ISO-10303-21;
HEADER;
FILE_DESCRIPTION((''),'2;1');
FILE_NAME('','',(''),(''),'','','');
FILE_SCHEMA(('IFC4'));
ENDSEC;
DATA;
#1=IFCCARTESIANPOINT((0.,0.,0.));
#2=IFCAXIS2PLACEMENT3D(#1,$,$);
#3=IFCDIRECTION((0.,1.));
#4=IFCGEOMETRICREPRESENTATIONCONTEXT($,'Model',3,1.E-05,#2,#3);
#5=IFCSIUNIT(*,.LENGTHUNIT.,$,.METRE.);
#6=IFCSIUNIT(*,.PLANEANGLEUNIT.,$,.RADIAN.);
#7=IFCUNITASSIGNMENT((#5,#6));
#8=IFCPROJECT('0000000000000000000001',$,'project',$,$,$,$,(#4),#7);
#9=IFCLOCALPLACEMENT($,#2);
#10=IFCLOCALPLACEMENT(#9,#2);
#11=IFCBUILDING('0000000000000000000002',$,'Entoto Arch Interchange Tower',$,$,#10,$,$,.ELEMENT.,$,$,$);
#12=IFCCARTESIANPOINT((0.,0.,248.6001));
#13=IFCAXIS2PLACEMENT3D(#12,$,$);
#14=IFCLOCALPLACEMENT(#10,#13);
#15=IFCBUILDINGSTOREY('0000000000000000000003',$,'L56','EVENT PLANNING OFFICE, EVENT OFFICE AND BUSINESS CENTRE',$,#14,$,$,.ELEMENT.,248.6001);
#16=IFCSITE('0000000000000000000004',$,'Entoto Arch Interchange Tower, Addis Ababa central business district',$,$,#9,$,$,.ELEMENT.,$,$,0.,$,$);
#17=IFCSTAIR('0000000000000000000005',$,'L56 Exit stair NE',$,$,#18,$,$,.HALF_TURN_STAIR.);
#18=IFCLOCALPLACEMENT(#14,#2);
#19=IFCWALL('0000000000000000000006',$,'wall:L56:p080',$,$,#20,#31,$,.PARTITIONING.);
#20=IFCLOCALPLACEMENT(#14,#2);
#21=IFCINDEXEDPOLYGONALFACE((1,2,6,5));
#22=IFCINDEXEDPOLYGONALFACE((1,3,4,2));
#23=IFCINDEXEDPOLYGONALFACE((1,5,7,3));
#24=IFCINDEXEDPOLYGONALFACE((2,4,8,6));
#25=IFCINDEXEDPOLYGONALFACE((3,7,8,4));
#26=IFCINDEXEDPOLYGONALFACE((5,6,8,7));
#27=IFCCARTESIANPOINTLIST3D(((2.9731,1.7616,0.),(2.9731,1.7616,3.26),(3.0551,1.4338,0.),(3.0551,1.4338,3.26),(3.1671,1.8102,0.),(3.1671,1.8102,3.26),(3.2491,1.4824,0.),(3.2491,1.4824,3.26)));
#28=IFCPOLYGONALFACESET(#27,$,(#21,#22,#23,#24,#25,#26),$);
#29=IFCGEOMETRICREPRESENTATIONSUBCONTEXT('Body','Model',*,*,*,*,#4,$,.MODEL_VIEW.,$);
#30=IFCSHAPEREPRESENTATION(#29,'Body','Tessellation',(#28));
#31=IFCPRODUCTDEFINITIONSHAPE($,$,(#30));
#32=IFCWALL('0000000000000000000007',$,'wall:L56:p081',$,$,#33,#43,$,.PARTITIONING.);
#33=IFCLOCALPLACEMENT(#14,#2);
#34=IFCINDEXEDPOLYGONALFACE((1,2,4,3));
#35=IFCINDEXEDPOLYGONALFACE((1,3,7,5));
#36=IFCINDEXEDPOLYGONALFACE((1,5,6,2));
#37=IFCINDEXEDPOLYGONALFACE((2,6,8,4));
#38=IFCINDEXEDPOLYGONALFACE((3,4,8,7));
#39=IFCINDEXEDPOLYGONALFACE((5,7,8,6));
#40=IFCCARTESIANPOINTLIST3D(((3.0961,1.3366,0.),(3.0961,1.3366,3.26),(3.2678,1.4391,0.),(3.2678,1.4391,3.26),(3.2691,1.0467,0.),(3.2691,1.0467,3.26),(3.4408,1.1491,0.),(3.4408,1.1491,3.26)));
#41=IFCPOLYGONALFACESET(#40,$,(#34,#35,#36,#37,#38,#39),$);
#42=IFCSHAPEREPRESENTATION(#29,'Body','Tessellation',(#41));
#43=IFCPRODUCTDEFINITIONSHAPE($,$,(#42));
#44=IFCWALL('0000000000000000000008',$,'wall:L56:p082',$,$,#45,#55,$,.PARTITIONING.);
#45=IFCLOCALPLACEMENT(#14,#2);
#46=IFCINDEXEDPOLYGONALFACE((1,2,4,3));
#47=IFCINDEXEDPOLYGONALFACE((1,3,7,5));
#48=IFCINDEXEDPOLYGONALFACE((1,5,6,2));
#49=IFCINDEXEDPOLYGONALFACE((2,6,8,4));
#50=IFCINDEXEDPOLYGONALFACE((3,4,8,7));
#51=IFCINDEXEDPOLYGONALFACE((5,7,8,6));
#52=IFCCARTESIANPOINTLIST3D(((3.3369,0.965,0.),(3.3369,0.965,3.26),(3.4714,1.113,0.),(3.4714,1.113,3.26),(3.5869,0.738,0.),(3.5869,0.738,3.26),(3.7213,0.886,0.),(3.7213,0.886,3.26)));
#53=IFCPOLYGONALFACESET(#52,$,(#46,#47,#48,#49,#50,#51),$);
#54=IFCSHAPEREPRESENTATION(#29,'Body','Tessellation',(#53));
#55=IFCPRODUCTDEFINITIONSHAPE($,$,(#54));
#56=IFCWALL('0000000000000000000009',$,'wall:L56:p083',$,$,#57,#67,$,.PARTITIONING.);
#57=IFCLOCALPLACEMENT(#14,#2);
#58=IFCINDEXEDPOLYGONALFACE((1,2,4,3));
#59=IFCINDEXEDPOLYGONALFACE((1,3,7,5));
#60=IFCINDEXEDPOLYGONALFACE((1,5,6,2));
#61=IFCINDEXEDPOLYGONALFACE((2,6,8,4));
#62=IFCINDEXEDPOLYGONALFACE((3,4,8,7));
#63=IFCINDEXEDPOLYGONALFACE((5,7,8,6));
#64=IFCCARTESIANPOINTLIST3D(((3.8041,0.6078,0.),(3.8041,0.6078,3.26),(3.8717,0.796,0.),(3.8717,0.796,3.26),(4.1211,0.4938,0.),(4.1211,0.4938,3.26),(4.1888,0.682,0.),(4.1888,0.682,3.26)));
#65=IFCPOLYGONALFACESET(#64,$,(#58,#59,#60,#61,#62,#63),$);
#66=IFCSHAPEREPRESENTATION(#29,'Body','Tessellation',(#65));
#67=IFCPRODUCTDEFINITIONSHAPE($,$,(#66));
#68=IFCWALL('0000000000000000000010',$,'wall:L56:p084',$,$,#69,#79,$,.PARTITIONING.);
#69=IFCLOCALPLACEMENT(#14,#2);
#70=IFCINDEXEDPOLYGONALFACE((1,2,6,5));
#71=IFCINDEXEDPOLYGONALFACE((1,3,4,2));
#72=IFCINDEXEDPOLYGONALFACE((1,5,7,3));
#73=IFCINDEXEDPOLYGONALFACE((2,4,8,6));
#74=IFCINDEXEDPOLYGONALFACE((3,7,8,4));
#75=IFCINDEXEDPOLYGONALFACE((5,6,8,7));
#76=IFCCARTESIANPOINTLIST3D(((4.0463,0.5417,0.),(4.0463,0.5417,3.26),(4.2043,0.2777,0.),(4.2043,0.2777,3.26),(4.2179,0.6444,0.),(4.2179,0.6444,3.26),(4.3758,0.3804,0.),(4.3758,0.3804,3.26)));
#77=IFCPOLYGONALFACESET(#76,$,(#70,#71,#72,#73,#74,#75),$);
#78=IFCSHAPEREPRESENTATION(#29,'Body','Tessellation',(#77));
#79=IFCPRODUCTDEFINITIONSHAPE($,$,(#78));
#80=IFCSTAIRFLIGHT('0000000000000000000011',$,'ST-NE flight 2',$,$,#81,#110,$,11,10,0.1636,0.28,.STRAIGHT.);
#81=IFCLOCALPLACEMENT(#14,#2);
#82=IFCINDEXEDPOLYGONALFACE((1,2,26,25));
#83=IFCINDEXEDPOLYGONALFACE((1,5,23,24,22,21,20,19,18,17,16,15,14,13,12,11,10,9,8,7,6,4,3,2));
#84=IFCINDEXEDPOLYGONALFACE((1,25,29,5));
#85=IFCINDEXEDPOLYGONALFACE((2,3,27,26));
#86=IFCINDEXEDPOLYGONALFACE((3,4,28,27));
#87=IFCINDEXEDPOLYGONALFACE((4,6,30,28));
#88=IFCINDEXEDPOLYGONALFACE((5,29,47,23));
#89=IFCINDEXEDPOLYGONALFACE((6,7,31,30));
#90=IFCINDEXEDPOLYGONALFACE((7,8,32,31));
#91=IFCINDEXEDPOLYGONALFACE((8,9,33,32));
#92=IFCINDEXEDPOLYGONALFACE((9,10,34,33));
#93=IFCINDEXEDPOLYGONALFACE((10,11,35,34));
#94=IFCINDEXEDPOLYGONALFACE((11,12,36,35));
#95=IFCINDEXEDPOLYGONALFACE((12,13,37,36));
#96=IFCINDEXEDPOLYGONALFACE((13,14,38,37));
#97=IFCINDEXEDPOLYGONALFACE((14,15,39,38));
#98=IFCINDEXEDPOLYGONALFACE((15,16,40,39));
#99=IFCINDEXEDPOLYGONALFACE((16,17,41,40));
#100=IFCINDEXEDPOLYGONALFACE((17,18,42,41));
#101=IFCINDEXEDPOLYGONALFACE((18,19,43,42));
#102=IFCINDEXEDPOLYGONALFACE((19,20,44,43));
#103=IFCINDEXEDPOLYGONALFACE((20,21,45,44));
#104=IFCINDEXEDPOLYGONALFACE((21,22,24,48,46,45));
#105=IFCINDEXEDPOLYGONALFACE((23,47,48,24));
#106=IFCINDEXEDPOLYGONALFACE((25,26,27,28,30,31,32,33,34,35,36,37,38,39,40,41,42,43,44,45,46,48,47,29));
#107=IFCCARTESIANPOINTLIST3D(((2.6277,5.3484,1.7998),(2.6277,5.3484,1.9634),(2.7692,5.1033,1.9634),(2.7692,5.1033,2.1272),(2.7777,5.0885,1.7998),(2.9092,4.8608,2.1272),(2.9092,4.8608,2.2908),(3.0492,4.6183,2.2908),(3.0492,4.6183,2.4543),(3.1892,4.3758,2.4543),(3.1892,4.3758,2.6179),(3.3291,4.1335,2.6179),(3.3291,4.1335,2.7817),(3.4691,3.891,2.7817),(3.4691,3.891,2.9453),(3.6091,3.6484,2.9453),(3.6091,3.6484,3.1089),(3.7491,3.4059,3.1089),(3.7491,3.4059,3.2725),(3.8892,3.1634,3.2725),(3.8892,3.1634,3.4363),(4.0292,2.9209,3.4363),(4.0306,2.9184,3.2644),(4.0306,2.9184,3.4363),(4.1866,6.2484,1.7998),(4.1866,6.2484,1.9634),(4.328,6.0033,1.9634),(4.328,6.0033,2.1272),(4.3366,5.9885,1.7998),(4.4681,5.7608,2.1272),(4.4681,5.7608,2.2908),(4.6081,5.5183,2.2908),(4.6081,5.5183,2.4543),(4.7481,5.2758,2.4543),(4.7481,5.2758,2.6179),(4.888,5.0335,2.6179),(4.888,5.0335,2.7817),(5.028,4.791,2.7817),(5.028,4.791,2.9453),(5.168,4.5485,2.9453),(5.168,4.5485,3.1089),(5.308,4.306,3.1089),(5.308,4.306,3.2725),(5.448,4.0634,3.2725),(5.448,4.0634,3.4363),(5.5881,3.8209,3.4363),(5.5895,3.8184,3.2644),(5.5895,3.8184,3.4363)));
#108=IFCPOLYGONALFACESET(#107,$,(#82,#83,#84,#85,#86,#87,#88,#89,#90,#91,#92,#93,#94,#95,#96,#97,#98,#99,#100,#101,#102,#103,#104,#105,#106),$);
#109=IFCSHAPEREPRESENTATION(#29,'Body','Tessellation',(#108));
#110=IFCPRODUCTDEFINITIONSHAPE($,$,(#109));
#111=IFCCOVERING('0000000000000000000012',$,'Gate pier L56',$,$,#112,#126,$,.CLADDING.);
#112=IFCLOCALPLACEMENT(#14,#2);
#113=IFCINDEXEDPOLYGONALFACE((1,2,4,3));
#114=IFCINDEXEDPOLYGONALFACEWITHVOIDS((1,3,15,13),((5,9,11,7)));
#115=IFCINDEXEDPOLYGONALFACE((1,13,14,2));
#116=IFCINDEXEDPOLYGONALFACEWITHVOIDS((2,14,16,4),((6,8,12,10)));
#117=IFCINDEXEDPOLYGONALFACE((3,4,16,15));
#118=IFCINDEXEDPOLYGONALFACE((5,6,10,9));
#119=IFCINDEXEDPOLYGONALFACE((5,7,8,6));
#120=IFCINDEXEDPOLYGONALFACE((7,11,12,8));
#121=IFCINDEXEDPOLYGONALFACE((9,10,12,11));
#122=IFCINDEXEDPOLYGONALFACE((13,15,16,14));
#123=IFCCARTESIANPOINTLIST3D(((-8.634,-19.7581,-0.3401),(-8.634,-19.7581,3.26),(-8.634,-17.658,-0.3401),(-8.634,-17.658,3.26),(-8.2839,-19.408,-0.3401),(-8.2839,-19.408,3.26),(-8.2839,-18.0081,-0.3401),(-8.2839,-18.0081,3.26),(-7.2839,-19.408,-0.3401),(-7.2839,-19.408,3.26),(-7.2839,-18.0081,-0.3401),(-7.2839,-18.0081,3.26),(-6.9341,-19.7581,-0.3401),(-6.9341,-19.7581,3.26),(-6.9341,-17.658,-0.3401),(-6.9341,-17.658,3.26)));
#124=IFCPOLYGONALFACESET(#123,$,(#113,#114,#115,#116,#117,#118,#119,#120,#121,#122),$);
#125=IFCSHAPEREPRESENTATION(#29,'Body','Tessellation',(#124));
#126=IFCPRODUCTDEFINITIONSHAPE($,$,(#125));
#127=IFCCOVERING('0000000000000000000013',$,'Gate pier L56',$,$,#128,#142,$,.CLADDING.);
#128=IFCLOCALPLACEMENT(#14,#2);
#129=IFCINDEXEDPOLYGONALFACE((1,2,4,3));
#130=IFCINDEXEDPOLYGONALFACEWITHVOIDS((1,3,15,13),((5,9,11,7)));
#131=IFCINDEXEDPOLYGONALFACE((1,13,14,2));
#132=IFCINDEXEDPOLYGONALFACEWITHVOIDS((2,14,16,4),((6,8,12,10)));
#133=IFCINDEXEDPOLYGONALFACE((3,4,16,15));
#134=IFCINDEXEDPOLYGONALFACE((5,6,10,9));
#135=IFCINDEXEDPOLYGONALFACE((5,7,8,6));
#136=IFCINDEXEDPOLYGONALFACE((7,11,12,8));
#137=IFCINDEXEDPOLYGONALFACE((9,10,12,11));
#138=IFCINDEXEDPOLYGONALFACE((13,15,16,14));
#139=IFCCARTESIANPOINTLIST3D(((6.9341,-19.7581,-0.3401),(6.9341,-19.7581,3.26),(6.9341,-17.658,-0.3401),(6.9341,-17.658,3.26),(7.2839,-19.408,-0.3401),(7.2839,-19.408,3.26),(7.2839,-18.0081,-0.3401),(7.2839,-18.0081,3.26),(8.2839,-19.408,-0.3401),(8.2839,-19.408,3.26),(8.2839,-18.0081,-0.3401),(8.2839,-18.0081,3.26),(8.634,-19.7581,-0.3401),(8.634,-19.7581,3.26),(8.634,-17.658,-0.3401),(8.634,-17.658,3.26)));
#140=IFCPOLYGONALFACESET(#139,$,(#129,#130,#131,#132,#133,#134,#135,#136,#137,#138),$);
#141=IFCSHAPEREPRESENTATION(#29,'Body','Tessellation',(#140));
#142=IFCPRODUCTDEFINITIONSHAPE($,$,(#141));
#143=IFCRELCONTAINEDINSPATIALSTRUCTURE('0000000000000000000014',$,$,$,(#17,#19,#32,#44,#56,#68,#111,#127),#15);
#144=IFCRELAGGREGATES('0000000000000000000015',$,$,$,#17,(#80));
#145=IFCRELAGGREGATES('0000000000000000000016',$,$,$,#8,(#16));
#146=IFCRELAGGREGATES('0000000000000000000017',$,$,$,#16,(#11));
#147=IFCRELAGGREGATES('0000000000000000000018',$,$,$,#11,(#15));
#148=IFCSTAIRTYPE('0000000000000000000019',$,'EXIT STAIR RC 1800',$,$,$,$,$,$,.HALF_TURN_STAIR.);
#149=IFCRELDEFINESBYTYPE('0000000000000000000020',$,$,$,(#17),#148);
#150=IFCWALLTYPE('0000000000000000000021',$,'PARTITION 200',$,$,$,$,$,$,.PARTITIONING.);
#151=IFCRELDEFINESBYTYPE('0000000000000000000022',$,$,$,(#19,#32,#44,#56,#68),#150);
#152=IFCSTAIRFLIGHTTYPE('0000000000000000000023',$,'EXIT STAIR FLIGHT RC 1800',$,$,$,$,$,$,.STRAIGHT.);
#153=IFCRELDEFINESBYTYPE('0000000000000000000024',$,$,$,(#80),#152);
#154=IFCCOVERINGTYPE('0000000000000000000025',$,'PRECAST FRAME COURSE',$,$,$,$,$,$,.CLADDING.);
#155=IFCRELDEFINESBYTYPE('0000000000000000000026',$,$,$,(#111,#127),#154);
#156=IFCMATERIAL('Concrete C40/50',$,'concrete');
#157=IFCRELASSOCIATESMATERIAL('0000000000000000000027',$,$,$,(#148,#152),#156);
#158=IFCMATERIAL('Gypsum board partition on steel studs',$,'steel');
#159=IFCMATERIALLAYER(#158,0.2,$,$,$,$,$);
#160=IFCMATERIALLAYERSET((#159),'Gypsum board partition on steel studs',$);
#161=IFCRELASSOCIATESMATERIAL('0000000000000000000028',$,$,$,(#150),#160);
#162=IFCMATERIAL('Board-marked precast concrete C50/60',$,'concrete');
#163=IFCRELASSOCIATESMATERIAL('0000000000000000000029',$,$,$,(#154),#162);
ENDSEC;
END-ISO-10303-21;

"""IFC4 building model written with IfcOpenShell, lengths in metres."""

from ifc_helpers import new_model, si_unit, direction, frame, frame_2d, origin, place, context, subcontext, project, spatial, polyline, rectangle, outline, extrude, material, layer, layer_set, type_object, element, aggregate, save


model = new_model("IFC4")

# Units and contexts
model_context = context("Model", 3, precision=1e-05, world=origin(), true_north=direction((0.0, 1.0)))
body_context = subcontext(model_context, "Body", "Model", "MODEL_VIEW")
ifc_project = project(units=[si_unit("LENGTHUNIT", "METRE"), si_unit("PLANEANGLEUNIT", "RADIAN")], contexts=[model_context])

# Site, building, storey
site_placement = place(None, origin())
site = spatial("IfcSite", under=ifc_project, at=site_placement, Name="Entoto Arch Interchange Tower, Addis Ababa central business district", CompositionType="ELEMENT", RefElevation=0.0)
building_placement = place(site_placement, origin())
building = spatial("IfcBuilding", under=site, at=building_placement, Name="Entoto Arch Interchange Tower", CompositionType="ELEMENT")
storey_placement = place(building_placement, frame((0.0, 0.0, 248.6001)))
storey = spatial("IfcBuildingStorey", under=building, at=storey_placement, Name="L56", Description="EVENT PLANNING OFFICE, EVENT OFFICE AND BUSINESS CENTRE", CompositionType="ELEMENT", Elevation=248.6001)

# Shared definitions
ifc_material_1 = material(Name="Concrete C40/50", Category="concrete")

# Stair
stair_type = type_object("IfcStairType", Name="EXIT STAIR RC 1800", PredefinedType="HALF_TURN_STAIR", material=ifc_material_1)
stair_1_placement = place(storey_placement, origin())
stair_1 = element("IfcStair", 1, at=stair_1_placement, inside=storey, type_object=stair_type, Name="L56 Exit stair NE", PredefinedType="HALF_TURN_STAIR")

# Shared definitions
ifc_material_2 = material(Name="Gypsum board partition on steel studs", Category="steel")
ifc_layer_1 = layer(ifc_material_2, 0.2)
ifc_layer_set_1 = layer_set([ifc_layer_1], Name="Gypsum board partition on steel studs")
wall_type = type_object("IfcWallType", Name="PARTITION 200", PredefinedType="PARTITIONING", material=ifc_layer_set_1)

# Walls
wall_1_placement = place(storey_placement, frame((3.0701, 1.7859, 0.0), z_axis=(0.0, 0.0, 1.0), x_axis=(0.242706, -0.9701, 0.0)))
element("IfcWall", 2, at=wall_1_placement, inside=storey, type_object=wall_type, Name="wall:L56:p080", PredefinedType="PARTITIONING", context=body_context, shape_type="SweptSolid", body=[
    extrude(rectangle(XDim=0.3379, YDim=0.2, at=frame_2d((0.1689, 0.0))), origin(), (0.0, 0.0, 1.0), 3.26),
])
for number, where, z_axis, x_axis, name in (
    (3, (3.1819, 1.3879, 0.0), (0.0, 0.0, 1.0), (0.512475, -0.858702, 0.0), "wall:L56:p081"),
    (4, (3.4041, 1.0391, 0.0), (0.0, 0.0, 1.0), (0.740267, -0.672313, 0.0), "wall:L56:p082"),
):
    element("IfcWall", number, at=place(storey_placement, frame(where, z_axis=z_axis, x_axis=x_axis)), inside=storey, type_object=wall_type, Name=name, PredefinedType="PARTITIONING", context=body_context, shape_type="SweptSolid", body=[
        extrude(rectangle(XDim=0.3376, YDim=0.2, at=frame_2d((0.1689, 0.0))), origin(), (0.0, 0.0, 1.0), 3.26),
    ])
wall_2_placement = place(storey_placement, frame((3.8379, 0.7019, 0.0), z_axis=(0.0, 0.0, 1.0), x_axis=(0.941035, -0.338309, 0.0)))
element("IfcWall", 5, at=wall_2_placement, inside=storey, type_object=wall_type, Name="wall:L56:p083", PredefinedType="PARTITIONING", context=body_context, shape_type="SweptSolid", body=[
    extrude(rectangle(XDim=0.3369, YDim=0.2, at=frame_2d((0.1685, 0.0))), origin(), (0.0, 0.0, 1.0), 3.26),
])
wall_3_placement = place(storey_placement, frame((4.1321, 0.593, 0.0), z_axis=(0.0, 0.0, 1.0), x_axis=(0.513562, -0.858053, 0.0)))
element("IfcWall", 6, at=wall_3_placement, inside=storey, type_object=wall_type, Name="wall:L56:p084", PredefinedType="PARTITIONING", context=body_context, shape_type="SweptSolid", body=[
    extrude(rectangle(XDim=0.3076, YDim=0.2, at=frame_2d((0.1538, 0.0))), origin(), (0.0, 0.0, 1.0), 3.26),
])

# Stair flight
stair_flight_type = type_object("IfcStairFlightType", Name="EXIT STAIR FLIGHT RC 1800", PredefinedType="STRAIGHT", material=ifc_material_1)
stair_flight_placement = place(storey_placement, frame((3.4087, 5.7959, 1.7998), z_axis=(0.0, 0.0, 1.0), x_axis=(0.5, -0.866025, 0.0)))
stair_flight = element("IfcStairFlight", 7, at=stair_flight_placement, type_object=stair_flight_type, Name="ST-NE flight 2", NumberOfRisers=11, NumberOfTreads=10, PredefinedType="STRAIGHT", RiserHeight=0.1636, TreadLength=0.28, context=body_context, shape_type="SweptSolid", body=[
    extrude(outline(polyline([(-0.0029, 0.0), (-0.0029, 0.1636), (0.28, 0.1636), (0.28, 0.3274), (0.5601, 0.3274), (0.5601, 0.491), (0.8401, 0.491), (0.8401, 0.6545), (1.1201, 0.6545), (1.1201, 0.8181), (1.3999, 0.8181), (1.3999, 0.9819), (1.6799, 0.9819), (1.6799, 1.1455), (1.96, 1.1455), (1.96, 1.3091), (2.24, 1.3091), (2.24, 1.4727), (2.52, 1.4727), (2.52, 1.6365), (2.8, 1.6365), (2.803, 1.6365), (2.803, 1.4646), (0.2971, 0.0), (-0.0029, 0.0)])), frame((0.0, 0.8999, 0.0), z_axis=(0.0, -1.0, 0.0), x_axis=(1.0, 0.0, 0.0)), (0.0, 0.0, 1.0), 1.8),
])
aggregate(stair_1, [stair_flight])

# Coverings
ifc_material_3 = material(Name="Board-marked precast concrete C50/60", Category="concrete")
covering_type = type_object("IfcCoveringType", Name="PRECAST FRAME COURSE", PredefinedType="CLADDING", material=ifc_material_3)
covering_1_placement = place(storey_placement, frame((0.0, 0.0, -0.3401)))
element("IfcCovering", 8, at=covering_1_placement, inside=storey, type_object=covering_type, Name="Gate pier L56", PredefinedType="CLADDING", context=body_context, shape_type="SweptSolid", body=[
    extrude(outline(polyline([(-8.634, -17.658), (-6.9341, -17.658), (-6.9341, -19.7581), (-8.634, -19.7581), (-8.634, -17.658)]), holes=[polyline([(-8.2839, -18.0081), (-8.2839, -19.408), (-7.2839, -19.408), (-7.2839, -18.0081), (-8.2839, -18.0081)])]), origin(), (0.0, 0.0, 1.0), 3.6001),
])
covering_2_placement = place(storey_placement, frame((0.0, 0.0, -0.3401)))
element("IfcCovering", 9, at=covering_2_placement, inside=storey, type_object=covering_type, Name="Gate pier L56", PredefinedType="CLADDING", context=body_context, shape_type="SweptSolid", body=[
    extrude(outline(polyline([(6.9341, -17.658), (8.634, -17.658), (8.634, -19.7581), (6.9341, -19.7581), (6.9341, -17.658)]), holes=[polyline([(7.2839, -18.0081), (7.2839, -19.408), (8.2839, -19.408), (8.2839, -18.0081), (7.2839, -18.0081)])]), origin(), (0.0, 0.0, 1.0), 3.6001),
])

save(model, "model.ifc")
